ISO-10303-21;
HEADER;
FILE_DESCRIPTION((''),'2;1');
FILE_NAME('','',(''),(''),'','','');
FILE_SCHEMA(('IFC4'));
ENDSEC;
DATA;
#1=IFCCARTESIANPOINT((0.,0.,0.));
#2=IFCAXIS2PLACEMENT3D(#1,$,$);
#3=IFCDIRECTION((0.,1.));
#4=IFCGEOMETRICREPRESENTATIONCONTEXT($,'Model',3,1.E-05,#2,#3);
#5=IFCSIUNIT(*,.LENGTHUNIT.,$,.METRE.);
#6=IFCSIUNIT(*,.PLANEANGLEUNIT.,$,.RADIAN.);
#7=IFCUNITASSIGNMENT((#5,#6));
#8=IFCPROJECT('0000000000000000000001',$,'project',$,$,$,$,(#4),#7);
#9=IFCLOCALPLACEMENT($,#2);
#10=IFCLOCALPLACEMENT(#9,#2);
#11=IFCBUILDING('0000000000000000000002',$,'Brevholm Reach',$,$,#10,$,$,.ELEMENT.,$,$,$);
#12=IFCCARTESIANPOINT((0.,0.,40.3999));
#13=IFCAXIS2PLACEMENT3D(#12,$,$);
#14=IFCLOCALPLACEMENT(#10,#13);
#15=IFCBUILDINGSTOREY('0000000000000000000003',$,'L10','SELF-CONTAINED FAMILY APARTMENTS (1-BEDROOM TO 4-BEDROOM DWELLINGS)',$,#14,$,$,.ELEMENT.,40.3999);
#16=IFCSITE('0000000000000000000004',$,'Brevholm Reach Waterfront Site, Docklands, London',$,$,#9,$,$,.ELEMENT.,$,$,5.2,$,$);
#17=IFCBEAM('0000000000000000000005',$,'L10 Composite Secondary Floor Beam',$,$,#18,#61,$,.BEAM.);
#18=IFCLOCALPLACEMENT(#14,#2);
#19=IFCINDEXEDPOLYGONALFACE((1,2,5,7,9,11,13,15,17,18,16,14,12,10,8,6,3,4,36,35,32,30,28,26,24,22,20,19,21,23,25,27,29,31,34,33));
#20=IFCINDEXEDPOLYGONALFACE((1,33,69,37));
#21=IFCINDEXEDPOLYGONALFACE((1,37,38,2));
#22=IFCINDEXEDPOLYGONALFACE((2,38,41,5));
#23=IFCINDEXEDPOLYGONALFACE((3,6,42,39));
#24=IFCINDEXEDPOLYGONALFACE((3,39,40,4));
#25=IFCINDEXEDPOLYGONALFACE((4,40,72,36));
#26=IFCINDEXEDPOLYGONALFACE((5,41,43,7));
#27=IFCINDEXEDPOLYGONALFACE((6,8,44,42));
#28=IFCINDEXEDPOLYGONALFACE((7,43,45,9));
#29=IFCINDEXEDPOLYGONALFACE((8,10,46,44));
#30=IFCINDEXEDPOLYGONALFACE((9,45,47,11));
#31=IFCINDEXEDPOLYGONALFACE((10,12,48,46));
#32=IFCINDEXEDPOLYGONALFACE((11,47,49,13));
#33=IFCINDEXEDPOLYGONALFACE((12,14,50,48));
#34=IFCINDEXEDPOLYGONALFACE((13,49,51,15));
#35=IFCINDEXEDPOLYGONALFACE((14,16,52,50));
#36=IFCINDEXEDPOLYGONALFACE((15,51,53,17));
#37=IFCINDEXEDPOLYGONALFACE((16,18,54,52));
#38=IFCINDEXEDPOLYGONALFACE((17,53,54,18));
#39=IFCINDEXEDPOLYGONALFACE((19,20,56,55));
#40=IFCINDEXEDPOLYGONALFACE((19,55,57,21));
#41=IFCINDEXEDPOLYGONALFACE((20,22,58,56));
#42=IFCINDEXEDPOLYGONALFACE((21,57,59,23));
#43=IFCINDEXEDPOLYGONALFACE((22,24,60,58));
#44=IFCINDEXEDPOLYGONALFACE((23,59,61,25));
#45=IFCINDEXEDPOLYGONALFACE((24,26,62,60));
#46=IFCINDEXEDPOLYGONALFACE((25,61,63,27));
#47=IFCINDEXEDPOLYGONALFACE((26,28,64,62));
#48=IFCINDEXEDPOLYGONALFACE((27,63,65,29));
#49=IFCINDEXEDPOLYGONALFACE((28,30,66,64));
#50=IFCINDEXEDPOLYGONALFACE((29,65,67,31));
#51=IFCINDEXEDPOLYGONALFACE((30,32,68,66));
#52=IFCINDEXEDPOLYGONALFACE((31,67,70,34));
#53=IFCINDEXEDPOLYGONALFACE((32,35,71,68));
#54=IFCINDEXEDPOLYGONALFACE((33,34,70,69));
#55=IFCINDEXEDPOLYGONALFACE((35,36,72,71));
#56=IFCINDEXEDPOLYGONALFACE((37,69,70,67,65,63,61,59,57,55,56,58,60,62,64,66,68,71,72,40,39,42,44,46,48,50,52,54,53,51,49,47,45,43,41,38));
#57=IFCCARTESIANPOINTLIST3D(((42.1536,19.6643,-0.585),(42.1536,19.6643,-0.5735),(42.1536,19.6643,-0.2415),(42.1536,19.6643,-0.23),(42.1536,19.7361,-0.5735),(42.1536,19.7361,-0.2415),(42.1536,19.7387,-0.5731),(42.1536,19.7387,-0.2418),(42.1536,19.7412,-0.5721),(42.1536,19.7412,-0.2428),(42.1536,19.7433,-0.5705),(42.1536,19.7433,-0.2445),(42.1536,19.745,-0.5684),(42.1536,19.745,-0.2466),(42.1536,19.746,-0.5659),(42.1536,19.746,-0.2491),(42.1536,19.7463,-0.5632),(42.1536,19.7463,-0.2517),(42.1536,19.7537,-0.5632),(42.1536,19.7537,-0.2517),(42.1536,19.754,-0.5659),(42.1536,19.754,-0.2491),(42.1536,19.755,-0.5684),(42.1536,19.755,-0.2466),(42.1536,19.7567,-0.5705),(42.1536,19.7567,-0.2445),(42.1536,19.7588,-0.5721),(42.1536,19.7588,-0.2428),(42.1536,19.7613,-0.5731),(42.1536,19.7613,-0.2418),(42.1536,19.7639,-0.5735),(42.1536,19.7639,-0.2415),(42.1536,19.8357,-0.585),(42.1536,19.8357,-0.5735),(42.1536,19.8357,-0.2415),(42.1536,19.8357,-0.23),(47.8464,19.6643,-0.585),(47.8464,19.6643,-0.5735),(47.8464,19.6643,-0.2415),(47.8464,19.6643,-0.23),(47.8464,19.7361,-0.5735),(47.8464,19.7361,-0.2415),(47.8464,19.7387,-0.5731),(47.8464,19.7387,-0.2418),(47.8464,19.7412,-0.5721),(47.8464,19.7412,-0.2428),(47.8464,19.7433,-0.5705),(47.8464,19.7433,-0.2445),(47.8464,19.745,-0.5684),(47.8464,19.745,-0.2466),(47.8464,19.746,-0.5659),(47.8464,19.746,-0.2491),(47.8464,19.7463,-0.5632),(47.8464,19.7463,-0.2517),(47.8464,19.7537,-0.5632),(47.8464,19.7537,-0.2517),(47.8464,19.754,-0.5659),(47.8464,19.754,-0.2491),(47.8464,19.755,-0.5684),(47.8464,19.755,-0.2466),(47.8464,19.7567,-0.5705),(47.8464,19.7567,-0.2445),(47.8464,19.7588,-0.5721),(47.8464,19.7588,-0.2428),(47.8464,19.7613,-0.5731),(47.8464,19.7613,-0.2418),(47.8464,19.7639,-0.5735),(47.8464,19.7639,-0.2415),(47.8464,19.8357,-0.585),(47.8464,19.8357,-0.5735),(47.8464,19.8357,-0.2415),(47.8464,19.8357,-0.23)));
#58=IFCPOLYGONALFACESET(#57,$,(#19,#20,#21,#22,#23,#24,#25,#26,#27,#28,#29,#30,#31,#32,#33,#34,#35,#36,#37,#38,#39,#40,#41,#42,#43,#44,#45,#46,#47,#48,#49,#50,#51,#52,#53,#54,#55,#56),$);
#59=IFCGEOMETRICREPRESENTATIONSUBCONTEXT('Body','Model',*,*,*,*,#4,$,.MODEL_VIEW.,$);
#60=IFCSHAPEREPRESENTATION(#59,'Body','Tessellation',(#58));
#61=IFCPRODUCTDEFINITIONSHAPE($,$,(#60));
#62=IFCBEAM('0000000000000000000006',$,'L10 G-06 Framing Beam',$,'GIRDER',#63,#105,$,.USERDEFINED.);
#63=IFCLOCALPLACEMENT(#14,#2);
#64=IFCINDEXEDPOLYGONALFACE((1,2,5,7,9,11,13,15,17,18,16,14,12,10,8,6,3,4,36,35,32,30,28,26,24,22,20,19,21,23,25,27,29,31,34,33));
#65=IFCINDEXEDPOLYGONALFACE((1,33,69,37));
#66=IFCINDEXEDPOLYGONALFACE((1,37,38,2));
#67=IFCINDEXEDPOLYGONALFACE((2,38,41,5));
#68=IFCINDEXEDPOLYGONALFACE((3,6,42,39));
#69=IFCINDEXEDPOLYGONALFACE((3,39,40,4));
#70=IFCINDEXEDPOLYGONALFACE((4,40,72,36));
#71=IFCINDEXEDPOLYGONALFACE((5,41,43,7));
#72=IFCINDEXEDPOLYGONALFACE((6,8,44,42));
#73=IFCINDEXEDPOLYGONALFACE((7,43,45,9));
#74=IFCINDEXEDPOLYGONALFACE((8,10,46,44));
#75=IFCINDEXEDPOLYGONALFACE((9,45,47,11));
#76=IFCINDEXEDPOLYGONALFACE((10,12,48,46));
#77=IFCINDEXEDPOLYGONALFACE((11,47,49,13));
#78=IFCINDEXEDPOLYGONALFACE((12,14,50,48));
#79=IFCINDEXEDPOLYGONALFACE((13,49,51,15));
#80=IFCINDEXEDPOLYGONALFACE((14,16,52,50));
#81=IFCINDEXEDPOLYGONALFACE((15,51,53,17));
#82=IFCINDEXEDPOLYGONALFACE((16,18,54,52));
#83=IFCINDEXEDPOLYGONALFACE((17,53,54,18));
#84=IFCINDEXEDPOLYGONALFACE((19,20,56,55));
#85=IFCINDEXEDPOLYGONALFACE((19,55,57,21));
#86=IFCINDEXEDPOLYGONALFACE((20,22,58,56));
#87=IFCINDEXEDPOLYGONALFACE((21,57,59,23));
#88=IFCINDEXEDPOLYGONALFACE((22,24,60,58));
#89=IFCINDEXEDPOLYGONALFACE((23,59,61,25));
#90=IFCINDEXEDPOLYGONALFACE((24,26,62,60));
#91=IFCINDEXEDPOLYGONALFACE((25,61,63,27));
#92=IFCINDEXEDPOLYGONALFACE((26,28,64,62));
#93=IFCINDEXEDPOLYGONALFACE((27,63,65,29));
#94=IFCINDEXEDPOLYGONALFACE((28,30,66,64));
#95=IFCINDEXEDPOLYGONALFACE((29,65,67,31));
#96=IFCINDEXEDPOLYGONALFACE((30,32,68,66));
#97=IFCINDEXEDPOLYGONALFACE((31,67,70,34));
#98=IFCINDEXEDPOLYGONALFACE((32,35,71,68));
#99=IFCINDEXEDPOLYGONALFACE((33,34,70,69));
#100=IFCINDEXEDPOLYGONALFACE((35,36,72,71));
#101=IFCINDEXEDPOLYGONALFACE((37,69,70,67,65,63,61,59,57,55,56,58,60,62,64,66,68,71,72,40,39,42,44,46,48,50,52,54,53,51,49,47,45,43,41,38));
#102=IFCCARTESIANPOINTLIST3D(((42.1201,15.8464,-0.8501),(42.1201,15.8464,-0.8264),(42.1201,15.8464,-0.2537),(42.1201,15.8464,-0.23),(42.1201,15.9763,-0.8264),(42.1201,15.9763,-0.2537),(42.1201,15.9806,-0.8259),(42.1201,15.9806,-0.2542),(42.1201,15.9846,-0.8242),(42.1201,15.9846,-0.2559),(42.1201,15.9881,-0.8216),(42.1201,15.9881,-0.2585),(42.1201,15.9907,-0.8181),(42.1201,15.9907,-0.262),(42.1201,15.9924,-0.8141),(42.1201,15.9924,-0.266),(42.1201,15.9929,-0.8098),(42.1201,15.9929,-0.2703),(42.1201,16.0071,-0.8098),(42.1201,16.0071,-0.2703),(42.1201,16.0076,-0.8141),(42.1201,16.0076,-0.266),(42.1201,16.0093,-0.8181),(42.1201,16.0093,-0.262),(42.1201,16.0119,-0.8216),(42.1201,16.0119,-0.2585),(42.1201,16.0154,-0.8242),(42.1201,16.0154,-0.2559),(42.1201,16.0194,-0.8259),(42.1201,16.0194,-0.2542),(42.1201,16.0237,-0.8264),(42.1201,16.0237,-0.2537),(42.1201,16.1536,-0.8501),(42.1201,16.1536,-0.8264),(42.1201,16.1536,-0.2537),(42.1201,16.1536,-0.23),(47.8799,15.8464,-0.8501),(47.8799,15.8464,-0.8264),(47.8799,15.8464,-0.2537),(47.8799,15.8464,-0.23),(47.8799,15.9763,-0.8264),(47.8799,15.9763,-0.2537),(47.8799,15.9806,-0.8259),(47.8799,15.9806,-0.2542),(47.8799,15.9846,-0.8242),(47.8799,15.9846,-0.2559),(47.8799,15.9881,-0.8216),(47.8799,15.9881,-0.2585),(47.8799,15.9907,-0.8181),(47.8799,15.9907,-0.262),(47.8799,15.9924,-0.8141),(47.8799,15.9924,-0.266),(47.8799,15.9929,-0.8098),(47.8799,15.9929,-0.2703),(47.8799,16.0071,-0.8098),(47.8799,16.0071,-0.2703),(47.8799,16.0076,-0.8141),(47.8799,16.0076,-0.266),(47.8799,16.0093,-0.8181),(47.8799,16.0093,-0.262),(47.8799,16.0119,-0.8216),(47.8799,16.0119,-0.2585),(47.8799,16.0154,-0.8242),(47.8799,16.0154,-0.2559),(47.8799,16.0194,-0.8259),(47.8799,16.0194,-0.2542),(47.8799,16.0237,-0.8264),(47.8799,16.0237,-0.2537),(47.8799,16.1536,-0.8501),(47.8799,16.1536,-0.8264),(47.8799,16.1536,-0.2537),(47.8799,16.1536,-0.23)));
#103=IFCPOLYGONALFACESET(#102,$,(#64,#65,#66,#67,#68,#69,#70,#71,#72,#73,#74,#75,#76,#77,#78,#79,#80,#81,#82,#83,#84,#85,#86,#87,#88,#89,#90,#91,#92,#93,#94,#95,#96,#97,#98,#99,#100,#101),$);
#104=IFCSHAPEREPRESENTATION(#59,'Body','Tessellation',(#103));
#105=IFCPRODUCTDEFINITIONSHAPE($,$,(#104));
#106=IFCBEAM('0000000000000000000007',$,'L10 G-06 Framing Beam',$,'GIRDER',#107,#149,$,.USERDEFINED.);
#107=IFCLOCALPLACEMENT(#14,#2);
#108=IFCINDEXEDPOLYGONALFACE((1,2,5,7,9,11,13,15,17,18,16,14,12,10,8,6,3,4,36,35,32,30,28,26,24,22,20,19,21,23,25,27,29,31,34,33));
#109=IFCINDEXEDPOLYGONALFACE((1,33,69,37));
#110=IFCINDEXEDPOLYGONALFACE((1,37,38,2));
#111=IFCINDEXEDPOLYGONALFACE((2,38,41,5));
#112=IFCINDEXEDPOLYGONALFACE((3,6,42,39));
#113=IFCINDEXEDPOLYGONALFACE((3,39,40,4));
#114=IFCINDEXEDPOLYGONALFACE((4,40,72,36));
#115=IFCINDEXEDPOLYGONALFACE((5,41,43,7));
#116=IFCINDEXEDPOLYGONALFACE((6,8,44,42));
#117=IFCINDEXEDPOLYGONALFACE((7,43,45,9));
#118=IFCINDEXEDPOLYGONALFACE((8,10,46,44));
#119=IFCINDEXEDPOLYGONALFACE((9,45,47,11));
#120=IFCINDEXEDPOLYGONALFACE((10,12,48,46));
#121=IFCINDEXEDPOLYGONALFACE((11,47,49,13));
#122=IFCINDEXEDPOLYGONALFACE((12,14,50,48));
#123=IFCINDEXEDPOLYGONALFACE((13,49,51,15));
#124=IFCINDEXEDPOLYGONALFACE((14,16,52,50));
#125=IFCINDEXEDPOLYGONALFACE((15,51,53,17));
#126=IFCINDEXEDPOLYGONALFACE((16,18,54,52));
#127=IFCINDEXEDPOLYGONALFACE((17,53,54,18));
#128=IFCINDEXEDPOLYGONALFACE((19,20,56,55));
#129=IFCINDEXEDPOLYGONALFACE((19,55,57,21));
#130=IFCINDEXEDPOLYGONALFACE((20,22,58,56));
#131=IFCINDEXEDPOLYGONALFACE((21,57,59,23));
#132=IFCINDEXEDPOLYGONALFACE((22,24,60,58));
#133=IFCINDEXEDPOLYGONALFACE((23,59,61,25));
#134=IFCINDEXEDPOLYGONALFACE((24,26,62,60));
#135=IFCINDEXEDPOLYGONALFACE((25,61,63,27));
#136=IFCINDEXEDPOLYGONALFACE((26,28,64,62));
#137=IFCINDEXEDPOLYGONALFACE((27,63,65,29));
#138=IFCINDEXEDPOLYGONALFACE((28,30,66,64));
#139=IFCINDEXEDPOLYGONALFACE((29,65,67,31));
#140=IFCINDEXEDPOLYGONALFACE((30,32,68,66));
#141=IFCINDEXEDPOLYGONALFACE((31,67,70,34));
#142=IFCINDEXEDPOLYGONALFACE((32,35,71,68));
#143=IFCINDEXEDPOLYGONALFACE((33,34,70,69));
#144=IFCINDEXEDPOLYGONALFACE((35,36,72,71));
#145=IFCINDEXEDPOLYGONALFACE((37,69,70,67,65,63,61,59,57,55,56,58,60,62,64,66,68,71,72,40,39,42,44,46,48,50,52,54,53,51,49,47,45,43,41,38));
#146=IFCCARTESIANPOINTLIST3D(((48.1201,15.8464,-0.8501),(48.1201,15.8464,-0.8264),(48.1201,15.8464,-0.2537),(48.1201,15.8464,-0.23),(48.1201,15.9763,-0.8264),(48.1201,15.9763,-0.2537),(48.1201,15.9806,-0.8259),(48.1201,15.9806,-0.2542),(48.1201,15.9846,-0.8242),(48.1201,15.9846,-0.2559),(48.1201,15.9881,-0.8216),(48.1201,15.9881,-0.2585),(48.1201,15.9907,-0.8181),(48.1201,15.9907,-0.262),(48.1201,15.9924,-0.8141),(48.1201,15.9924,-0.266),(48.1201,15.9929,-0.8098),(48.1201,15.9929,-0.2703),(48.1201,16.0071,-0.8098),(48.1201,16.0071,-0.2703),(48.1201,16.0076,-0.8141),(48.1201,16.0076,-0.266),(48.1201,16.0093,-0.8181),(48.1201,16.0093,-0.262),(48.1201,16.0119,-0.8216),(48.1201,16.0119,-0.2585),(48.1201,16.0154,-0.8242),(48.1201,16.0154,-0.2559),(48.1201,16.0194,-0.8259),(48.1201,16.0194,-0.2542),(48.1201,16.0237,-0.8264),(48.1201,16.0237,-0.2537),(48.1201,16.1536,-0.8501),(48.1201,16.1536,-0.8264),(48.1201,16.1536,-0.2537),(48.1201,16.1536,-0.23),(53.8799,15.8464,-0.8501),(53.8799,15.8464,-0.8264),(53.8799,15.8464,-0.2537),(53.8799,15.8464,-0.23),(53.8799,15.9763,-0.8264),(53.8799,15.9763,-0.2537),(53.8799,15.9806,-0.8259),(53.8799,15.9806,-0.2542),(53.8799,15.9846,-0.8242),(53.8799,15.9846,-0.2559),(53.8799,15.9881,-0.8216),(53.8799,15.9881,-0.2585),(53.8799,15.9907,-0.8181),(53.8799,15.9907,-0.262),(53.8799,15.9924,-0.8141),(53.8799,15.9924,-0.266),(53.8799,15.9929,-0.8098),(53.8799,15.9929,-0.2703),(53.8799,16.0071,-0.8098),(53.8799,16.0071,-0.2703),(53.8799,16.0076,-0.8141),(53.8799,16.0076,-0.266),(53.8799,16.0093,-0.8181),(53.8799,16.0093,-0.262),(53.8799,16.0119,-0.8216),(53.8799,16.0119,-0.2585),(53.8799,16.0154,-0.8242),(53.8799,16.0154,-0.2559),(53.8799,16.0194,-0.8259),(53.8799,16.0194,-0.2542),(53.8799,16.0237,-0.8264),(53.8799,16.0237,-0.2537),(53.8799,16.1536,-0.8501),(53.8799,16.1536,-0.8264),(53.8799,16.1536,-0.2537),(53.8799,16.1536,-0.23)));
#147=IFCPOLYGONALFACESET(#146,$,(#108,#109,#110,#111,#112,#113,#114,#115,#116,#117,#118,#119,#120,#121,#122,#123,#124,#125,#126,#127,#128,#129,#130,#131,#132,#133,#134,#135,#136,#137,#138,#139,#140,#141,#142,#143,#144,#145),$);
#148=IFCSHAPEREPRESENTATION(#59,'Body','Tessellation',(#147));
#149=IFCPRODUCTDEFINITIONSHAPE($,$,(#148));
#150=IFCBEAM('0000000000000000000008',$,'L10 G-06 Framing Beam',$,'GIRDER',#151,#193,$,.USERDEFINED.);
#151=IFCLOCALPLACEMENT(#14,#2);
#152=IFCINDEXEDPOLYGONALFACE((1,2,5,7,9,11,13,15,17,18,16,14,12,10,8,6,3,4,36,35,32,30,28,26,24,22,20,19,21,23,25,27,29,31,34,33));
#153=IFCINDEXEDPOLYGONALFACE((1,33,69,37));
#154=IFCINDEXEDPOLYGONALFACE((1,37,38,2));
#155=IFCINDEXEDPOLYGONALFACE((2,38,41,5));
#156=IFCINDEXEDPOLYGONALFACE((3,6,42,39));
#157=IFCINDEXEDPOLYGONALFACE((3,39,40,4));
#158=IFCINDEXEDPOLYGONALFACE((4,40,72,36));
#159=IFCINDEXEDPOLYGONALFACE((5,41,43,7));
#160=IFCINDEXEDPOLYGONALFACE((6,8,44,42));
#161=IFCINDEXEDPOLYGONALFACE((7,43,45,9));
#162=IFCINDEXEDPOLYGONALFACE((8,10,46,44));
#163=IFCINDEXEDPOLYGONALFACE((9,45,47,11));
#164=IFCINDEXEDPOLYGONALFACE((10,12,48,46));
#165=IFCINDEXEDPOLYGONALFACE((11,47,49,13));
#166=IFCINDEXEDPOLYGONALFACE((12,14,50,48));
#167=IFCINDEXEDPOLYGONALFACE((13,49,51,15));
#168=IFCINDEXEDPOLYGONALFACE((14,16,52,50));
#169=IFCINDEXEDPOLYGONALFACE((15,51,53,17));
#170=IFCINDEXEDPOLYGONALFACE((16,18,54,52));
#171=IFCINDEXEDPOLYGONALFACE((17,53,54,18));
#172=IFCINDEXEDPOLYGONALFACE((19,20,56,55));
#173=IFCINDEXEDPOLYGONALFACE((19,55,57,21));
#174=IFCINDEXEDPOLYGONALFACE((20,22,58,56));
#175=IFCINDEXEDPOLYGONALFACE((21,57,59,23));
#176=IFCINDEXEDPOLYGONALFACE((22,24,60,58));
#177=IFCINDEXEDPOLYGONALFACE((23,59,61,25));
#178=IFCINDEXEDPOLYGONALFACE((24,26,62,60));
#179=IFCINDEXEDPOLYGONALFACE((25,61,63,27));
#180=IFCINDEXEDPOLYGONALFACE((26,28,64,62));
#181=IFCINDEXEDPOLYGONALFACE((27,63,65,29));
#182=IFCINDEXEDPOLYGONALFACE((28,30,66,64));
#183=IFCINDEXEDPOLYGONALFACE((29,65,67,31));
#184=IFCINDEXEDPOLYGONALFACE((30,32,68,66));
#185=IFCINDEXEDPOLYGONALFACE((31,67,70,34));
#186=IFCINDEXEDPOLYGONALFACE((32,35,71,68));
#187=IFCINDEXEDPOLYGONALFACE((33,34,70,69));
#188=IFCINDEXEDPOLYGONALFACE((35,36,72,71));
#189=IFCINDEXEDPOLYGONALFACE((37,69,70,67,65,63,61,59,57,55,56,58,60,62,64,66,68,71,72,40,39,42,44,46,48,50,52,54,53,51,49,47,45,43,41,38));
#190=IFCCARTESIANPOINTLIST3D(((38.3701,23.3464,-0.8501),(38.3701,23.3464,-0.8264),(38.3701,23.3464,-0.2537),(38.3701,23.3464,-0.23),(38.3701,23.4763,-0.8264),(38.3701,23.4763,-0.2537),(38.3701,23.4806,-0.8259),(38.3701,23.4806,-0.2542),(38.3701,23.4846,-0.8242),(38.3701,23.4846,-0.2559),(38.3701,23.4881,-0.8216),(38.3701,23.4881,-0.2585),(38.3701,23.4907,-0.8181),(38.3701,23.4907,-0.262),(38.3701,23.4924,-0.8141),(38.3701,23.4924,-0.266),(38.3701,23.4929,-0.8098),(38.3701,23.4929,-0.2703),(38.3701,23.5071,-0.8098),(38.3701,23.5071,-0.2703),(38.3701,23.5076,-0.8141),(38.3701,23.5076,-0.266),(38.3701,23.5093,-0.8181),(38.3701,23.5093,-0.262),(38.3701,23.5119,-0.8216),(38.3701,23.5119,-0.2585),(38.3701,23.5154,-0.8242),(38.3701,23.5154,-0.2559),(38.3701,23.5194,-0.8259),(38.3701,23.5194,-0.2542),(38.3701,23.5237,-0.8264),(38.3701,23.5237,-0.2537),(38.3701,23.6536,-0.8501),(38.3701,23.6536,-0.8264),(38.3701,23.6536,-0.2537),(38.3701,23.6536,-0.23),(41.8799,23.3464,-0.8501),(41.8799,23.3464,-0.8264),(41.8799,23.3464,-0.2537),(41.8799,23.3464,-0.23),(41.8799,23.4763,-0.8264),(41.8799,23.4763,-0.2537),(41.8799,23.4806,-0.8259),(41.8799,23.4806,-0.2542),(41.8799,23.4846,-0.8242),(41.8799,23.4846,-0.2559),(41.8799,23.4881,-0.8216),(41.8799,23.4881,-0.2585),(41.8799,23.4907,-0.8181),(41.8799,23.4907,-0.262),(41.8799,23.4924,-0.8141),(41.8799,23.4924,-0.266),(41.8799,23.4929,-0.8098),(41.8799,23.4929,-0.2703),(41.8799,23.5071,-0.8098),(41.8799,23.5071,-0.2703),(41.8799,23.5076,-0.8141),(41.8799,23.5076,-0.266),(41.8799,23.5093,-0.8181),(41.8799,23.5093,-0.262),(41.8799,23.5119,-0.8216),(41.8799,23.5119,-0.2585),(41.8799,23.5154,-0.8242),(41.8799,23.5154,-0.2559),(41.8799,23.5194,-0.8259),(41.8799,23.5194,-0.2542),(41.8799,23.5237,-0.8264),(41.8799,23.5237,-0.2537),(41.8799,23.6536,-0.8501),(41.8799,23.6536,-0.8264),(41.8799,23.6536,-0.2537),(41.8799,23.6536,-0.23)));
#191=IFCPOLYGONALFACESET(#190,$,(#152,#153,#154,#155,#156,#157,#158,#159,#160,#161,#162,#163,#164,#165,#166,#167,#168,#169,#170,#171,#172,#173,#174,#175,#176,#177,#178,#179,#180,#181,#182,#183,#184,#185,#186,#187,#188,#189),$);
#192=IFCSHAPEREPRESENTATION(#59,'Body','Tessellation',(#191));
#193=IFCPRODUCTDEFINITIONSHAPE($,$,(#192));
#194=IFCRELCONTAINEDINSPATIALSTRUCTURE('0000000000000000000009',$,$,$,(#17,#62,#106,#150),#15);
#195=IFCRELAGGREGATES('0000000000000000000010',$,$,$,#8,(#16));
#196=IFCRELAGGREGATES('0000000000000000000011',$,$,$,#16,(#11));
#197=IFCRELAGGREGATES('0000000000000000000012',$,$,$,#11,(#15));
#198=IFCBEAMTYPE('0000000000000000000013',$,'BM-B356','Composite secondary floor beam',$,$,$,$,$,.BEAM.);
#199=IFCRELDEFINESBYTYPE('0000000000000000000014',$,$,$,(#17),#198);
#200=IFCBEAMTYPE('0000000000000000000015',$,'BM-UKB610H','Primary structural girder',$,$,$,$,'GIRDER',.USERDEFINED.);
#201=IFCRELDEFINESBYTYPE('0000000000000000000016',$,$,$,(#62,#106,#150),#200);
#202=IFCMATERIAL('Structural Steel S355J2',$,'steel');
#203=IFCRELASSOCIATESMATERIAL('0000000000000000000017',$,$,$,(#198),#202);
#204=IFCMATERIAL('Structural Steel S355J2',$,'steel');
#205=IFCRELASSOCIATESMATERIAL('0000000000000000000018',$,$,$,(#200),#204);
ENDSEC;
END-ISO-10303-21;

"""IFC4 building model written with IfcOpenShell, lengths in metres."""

from ifc_helpers import new_model, si_unit, direction, frame, origin, origin_2d, place, context, subcontext, project, spatial, i_section, extrude, material, material_profile, profile_set, type_object, element, save


model = new_model("IFC4")

# Units and contexts
model_context = context("Model", 3, precision=1e-05, world=origin(), true_north=direction((0.0, 1.0)))
body_context = subcontext(model_context, "Body", "Model", "MODEL_VIEW")
ifc_project = project(units=[si_unit("LENGTHUNIT", "METRE"), si_unit("PLANEANGLEUNIT", "RADIAN")], contexts=[model_context])

# Site, building, storey
site_placement = place(None, origin())
site = spatial("IfcSite", under=ifc_project, at=site_placement, Name="Brevholm Reach Waterfront Site, Docklands, London", CompositionType="ELEMENT", RefElevation=5.2)
building_placement = place(site_placement, origin())
building = spatial("IfcBuilding", under=site, at=building_placement, Name="Brevholm Reach", CompositionType="ELEMENT")
storey_placement = place(building_placement, frame((0.0, 0.0, 40.3999)))
storey = spatial("IfcBuildingStorey", under=building, at=storey_placement, Name="L10", Description="SELF-CONTAINED FAMILY APARTMENTS (1-BEDROOM TO 4-BEDROOM DWELLINGS)", CompositionType="ELEMENT", Elevation=40.3999)

# Beams
ifc_material_1 = material(Name="Structural Steel S355J2", Category="steel")
ifc_material_profile_1 = material_profile(ifc_material_1, i_section(OverallWidth=0.1714, OverallDepth=0.355, WebThickness=0.0073, FlangeThickness=0.0115, FilletRadius=0.0103, at=origin_2d()), Name="UKB 356x171x51")
ifc_profile_set_1 = profile_set([ifc_material_profile_1], Name="Structural Steel S355J2")
beam_type_1 = type_object("IfcBeamType", Name="BM-B356", Description="Composite secondary floor beam", PredefinedType="BEAM", material=ifc_profile_set_1)
beam_1_placement = place(storey_placement, frame((42.1536, 19.75, -0.4075), z_axis=(1.0, 0.0, 0.0), x_axis=(0.0, 1.0, 0.0)))
element("IfcBeam", 1, at=beam_1_placement, inside=storey, type_object=beam_type_1, Name="L10 Composite Secondary Floor Beam", PredefinedType="BEAM", context=body_context, shape_type="SweptSolid", body=[
    extrude(i_section(OverallWidth=0.1714, OverallDepth=0.355, WebThickness=0.0073, FlangeThickness=0.0115, FilletRadius=0.0103, at=origin_2d()), origin(), (0.0, 0.0, 1.0), 5.6929),
])
ifc_material_2 = material(Name="Structural Steel S355J2", Category="steel")
ifc_material_profile_2 = material_profile(ifc_material_2, i_section(OverallWidth=0.3071, OverallDepth=0.6201, WebThickness=0.0142, FlangeThickness=0.0237, FilletRadius=0.0166, at=origin_2d()), Name="UKB 610x305x179")
ifc_profile_set_2 = profile_set([ifc_material_profile_2], Name="Structural Steel S355J2")
beam_type_2 = type_object("IfcBeamType", Name="BM-UKB610H", Description="Primary structural girder", ElementType="GIRDER", PredefinedType="USERDEFINED", material=ifc_profile_set_2)
for number, where, z_axis, x_axis, name in (
    (2, (42.1201, 16.0, -0.54), (1.0, 0.0, 0.0), (0.0, 1.0, 0.0), "L10 G-06 Framing Beam"),
    (3, (48.1201, 16.0, -0.54), (1.0, 0.0, 0.0), (0.0, 1.0, 0.0), "L10 G-06 Framing Beam"),
):
    element("IfcBeam", number, at=place(storey_placement, frame(where, z_axis=z_axis, x_axis=x_axis)), inside=storey, type_object=beam_type_2, Name=name, ObjectType="GIRDER", PredefinedType="USERDEFINED", context=body_context, shape_type="SweptSolid", body=[
        extrude(i_section(OverallWidth=0.3071, OverallDepth=0.6201, WebThickness=0.0142, FlangeThickness=0.0237, FilletRadius=0.0166, at=origin_2d()), origin(), (0.0, 0.0, 1.0), 5.7598),
    ])
beam_2_placement = place(storey_placement, frame((38.3701, 23.5, -0.54), z_axis=(1.0, 0.0, 0.0), x_axis=(0.0, 1.0, 0.0)))
element("IfcBeam", 4, at=beam_2_placement, inside=storey, type_object=beam_type_2, Name="L10 G-06 Framing Beam", ObjectType="GIRDER", PredefinedType="USERDEFINED", context=body_context, shape_type="SweptSolid", body=[
    extrude(i_section(OverallWidth=0.3071, OverallDepth=0.6201, WebThickness=0.0142, FlangeThickness=0.0237, FilletRadius=0.0166, at=origin_2d()), origin(), (0.0, 0.0, 1.0), 3.5098),
])

save(model, "model.ifc")
